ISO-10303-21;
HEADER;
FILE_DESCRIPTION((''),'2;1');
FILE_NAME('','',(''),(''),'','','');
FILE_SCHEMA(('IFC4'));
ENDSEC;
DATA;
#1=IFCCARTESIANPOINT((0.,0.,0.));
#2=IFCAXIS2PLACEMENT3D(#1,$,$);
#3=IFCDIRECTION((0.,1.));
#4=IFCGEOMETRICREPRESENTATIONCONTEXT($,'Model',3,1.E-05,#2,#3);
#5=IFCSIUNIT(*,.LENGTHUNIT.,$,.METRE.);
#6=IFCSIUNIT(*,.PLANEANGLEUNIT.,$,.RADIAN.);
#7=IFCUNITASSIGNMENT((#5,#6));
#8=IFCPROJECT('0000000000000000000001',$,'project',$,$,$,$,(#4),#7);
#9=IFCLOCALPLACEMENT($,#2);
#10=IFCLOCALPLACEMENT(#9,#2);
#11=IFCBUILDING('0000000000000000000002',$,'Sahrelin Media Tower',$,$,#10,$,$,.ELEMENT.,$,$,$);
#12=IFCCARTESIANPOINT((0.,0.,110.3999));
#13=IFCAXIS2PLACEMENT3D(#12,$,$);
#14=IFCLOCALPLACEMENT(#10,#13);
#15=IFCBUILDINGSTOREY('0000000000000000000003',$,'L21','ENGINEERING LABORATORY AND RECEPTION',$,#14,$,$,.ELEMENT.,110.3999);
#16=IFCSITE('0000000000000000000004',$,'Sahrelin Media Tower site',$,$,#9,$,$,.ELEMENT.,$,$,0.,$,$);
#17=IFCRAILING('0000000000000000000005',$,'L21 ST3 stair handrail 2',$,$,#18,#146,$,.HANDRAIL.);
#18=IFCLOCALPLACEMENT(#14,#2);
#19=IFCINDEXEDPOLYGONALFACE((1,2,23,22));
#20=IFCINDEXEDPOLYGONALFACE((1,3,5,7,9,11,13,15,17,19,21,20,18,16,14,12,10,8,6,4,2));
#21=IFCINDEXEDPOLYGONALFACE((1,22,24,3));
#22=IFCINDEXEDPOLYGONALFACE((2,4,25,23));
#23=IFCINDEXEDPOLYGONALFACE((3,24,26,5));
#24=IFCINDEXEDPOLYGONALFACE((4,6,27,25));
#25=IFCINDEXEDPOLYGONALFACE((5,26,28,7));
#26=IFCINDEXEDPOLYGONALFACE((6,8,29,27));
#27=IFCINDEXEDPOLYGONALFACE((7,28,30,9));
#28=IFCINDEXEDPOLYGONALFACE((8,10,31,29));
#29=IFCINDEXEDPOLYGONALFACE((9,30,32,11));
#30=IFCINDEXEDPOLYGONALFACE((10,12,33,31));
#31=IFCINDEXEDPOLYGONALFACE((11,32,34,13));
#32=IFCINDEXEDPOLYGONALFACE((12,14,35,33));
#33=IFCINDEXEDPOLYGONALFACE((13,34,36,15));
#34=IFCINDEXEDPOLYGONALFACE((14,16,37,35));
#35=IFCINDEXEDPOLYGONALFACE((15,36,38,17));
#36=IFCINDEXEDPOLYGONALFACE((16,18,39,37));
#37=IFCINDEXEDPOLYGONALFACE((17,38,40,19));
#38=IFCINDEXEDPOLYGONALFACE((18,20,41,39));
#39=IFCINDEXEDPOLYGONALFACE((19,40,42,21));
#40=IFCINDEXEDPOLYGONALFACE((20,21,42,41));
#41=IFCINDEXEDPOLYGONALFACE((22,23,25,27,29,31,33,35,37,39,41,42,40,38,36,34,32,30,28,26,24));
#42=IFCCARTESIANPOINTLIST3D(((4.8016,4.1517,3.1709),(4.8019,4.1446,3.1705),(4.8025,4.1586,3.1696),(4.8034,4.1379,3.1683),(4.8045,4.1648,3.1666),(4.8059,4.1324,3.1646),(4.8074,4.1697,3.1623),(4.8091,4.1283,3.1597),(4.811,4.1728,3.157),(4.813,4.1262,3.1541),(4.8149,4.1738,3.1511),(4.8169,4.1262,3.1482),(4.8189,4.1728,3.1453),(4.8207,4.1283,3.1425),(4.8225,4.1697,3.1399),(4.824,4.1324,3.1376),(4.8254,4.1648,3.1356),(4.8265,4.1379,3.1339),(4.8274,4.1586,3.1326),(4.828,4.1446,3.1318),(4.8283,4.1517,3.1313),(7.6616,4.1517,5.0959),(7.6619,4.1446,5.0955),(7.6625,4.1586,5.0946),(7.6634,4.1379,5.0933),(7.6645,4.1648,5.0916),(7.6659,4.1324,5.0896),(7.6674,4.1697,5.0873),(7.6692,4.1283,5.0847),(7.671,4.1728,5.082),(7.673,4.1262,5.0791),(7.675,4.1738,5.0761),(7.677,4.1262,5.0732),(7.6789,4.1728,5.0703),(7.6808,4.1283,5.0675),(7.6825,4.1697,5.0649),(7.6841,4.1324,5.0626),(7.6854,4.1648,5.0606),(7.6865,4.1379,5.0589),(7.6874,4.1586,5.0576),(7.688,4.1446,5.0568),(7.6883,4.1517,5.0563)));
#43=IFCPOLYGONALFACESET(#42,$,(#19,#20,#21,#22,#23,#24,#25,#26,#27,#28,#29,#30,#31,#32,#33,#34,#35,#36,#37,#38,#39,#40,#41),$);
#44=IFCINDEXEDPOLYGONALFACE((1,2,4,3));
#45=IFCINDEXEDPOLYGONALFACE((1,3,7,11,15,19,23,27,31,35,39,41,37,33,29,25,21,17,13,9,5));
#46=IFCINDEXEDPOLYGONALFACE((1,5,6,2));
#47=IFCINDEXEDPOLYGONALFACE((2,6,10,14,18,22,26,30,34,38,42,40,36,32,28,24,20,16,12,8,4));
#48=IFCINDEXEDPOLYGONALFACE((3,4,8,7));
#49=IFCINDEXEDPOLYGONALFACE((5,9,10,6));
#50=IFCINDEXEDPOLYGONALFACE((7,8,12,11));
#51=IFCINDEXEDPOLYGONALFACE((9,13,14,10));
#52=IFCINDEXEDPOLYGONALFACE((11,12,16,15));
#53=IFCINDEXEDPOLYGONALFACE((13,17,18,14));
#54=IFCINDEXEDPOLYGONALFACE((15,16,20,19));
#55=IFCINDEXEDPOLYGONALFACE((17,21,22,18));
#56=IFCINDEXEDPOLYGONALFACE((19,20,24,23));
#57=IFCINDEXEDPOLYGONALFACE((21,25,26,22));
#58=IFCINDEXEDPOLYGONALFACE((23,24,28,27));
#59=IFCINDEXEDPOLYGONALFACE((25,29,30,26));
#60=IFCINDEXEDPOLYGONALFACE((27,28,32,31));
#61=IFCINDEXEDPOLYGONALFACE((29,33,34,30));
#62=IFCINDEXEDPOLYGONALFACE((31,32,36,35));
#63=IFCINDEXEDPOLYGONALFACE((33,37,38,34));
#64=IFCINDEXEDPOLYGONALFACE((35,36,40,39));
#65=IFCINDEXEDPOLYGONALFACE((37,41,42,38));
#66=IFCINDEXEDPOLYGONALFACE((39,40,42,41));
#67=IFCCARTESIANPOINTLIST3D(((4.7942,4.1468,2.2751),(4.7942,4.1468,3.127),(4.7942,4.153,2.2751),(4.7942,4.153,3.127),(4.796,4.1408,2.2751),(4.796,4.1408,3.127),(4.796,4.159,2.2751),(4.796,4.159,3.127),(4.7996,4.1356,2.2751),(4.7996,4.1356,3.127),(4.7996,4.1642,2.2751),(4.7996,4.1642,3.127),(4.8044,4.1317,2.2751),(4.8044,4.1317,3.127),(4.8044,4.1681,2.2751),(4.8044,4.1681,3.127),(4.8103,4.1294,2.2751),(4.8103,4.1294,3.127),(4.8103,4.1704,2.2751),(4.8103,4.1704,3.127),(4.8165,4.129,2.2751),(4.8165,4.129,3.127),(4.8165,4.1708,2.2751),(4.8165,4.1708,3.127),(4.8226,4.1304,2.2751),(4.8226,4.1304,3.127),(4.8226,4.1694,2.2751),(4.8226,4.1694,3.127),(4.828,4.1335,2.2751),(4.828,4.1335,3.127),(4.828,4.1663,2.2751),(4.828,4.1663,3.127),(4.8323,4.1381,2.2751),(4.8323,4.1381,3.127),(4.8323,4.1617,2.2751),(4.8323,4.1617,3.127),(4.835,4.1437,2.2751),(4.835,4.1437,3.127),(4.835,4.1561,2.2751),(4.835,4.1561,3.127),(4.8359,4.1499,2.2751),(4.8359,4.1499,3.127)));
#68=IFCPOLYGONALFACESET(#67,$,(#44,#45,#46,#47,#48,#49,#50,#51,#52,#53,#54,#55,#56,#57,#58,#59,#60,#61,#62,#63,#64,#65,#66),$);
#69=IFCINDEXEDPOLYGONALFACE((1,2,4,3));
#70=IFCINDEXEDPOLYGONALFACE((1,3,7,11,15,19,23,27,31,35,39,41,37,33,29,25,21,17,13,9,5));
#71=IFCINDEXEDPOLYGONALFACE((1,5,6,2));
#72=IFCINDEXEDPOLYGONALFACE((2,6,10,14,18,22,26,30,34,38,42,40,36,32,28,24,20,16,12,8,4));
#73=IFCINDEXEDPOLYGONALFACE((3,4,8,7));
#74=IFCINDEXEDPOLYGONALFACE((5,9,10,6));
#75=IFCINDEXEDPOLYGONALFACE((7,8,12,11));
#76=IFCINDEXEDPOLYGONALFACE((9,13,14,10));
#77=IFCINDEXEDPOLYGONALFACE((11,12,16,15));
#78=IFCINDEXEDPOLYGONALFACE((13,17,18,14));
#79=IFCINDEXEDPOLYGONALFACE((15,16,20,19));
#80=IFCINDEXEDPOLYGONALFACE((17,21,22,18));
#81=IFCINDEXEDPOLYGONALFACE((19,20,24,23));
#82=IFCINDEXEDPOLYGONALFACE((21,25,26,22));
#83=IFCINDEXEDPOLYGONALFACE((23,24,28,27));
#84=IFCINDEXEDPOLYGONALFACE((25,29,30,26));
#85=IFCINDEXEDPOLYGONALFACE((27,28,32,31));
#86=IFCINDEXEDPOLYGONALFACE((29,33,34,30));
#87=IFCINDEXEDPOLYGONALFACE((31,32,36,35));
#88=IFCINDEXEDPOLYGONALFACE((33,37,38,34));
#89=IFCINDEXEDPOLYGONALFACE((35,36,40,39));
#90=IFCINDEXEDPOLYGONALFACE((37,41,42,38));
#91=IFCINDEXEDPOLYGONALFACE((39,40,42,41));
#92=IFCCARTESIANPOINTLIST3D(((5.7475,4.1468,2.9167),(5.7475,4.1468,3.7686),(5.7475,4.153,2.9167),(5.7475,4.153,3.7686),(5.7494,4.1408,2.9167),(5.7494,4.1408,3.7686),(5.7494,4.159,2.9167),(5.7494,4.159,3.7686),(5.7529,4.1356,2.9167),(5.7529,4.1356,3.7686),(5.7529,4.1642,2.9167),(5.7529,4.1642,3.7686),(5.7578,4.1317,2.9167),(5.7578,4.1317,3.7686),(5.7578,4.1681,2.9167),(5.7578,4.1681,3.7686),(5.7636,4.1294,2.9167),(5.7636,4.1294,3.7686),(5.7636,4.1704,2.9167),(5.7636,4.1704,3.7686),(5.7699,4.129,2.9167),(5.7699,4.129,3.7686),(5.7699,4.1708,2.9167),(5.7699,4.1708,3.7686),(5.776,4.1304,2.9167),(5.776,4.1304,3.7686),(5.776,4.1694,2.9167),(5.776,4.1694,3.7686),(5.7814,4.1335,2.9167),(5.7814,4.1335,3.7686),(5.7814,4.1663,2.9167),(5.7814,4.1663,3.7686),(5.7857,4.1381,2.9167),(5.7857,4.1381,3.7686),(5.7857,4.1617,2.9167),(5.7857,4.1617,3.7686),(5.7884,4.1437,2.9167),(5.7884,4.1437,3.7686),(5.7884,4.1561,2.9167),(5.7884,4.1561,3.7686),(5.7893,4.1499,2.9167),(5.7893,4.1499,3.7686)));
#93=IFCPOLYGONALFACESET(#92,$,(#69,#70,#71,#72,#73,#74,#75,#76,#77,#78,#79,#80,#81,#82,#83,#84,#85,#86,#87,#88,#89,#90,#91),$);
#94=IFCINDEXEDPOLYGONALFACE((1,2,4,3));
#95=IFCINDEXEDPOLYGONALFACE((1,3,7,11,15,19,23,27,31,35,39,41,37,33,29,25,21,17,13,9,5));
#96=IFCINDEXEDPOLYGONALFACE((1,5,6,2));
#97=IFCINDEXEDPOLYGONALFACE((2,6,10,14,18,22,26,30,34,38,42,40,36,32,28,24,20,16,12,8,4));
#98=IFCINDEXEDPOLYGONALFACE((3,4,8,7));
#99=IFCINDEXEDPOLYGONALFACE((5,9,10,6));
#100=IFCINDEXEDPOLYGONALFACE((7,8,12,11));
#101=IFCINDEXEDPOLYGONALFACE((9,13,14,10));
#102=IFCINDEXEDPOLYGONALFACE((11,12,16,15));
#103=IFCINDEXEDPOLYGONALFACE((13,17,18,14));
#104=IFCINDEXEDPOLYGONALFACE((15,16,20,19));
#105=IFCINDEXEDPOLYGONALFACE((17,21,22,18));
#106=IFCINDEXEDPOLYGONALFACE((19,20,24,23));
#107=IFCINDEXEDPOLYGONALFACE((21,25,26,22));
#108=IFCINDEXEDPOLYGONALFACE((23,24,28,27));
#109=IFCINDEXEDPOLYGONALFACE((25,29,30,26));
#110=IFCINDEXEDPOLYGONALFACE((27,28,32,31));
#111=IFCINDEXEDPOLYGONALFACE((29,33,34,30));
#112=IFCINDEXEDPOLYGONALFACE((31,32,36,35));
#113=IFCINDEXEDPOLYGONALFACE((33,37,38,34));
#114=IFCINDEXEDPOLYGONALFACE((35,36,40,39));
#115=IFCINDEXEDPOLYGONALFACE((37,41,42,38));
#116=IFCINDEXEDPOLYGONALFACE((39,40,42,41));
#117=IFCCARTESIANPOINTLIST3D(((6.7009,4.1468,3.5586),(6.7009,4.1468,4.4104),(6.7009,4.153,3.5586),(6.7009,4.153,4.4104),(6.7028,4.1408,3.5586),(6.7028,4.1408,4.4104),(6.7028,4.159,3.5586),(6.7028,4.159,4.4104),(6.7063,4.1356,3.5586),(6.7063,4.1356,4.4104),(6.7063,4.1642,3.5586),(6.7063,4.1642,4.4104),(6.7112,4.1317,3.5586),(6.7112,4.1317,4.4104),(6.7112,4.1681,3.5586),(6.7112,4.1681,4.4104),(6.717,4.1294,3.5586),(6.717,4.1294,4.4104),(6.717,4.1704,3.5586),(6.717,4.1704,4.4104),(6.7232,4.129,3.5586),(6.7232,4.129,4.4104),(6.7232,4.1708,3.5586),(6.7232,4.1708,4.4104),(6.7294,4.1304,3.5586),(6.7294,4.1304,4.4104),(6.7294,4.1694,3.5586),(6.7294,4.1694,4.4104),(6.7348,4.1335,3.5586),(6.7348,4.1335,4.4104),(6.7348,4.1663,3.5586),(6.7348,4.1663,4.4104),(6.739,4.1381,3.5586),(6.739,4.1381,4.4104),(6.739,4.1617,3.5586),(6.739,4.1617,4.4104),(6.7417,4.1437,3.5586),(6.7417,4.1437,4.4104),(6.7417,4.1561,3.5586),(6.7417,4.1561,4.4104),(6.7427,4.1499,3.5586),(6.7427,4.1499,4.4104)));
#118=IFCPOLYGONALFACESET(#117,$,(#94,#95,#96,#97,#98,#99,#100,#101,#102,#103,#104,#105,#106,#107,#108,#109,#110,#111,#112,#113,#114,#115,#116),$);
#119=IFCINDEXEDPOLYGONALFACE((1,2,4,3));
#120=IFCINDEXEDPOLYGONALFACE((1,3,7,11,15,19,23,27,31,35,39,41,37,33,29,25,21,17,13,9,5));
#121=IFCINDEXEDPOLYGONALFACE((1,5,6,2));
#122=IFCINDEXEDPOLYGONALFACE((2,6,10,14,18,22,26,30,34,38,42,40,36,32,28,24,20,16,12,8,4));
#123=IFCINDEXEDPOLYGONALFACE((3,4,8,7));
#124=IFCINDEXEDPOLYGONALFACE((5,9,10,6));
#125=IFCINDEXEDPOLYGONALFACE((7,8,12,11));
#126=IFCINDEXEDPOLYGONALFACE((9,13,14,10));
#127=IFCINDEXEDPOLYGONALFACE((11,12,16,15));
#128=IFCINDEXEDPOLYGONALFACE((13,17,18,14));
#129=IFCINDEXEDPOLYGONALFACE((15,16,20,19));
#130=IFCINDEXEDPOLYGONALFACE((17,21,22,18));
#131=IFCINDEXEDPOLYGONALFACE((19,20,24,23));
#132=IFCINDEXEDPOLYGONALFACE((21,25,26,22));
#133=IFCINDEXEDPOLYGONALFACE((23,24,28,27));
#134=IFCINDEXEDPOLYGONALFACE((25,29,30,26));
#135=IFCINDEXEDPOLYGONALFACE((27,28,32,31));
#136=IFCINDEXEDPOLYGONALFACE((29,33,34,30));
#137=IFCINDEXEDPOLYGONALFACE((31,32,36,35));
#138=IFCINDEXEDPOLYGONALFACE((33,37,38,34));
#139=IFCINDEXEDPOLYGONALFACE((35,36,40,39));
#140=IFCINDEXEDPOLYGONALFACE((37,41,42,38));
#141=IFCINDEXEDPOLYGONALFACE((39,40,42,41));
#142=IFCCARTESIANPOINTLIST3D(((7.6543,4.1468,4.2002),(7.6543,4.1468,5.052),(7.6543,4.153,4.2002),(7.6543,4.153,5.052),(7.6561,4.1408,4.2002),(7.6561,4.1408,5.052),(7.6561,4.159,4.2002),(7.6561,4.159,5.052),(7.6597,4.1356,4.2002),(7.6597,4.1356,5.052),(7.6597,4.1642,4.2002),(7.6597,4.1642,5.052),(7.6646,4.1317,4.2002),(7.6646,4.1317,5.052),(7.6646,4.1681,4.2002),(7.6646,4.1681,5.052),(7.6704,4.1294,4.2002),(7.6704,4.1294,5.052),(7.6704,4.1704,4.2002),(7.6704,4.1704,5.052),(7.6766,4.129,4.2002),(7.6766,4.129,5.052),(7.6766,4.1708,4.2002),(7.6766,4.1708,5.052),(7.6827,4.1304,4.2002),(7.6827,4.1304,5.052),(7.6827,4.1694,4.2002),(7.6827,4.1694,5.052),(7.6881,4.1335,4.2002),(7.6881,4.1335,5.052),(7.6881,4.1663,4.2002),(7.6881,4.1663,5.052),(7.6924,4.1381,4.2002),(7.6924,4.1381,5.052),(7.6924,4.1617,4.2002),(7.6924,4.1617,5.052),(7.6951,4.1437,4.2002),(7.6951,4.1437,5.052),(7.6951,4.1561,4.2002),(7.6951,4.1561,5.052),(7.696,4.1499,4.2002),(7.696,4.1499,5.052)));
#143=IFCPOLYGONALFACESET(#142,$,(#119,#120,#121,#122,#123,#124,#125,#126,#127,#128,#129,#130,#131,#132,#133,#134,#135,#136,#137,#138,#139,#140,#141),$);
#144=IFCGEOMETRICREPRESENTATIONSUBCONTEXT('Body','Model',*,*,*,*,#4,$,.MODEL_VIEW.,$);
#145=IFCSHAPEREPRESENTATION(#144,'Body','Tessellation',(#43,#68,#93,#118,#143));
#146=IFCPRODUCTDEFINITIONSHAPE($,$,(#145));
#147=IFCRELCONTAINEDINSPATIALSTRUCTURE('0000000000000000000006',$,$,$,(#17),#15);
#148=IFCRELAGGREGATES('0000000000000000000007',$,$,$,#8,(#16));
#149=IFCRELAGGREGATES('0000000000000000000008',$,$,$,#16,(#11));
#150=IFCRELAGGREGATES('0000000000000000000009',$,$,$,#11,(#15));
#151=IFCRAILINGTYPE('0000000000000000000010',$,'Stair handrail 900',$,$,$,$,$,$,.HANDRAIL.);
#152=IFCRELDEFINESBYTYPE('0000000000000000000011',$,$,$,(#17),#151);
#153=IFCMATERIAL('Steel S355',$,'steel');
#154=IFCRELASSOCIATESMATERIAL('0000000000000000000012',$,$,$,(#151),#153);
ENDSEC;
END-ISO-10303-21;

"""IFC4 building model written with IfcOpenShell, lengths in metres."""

from ifc_helpers import new_model, si_unit, direction, frame, origin, origin_2d, place, context, subcontext, project, spatial, circle, extrude, material, type_object, element, save


model = new_model("IFC4")

# Units and contexts
model_context = context("Model", 3, precision=1e-05, world=origin(), true_north=direction((0.0, 1.0)))
body_context = subcontext(model_context, "Body", "Model", "MODEL_VIEW")
ifc_project = project(units=[si_unit("LENGTHUNIT", "METRE"), si_unit("PLANEANGLEUNIT", "RADIAN")], contexts=[model_context])

# Site, building, storey
site_placement = place(None, origin())
site = spatial("IfcSite", under=ifc_project, at=site_placement, Name="Sahrelin Media Tower site", CompositionType="ELEMENT", RefElevation=0.0)
building_placement = place(site_placement, origin())
building = spatial("IfcBuilding", under=site, at=building_placement, Name="Sahrelin Media Tower", CompositionType="ELEMENT")
storey_placement = place(building_placement, frame((0.0, 0.0, 110.3999)))
storey = spatial("IfcBuildingStorey", under=building, at=storey_placement, Name="L21", Description="ENGINEERING LABORATORY AND RECEPTION", CompositionType="ELEMENT", Elevation=110.3999)

# Shared definitions
ifc_material_1 = material(Name="Steel S355", Category="steel")

# Railing
railing_type_1 = type_object("IfcRailingType", Name="Stair handrail 900", PredefinedType="HANDRAIL", material=ifc_material_1)
railing_1_placement = place(storey_placement, frame((4.8149, 4.1499, 2.2751)))
element("IfcRailing", 1, at=railing_1_placement, inside=storey, type_object=railing_type_1, Name="L21 ST3 stair handrail 2", PredefinedType="HANDRAIL", context=body_context, shape_type="SweptSolid", body=[
    extrude(circle(Radius=0.0239, at=origin_2d()), frame((0.0, 0.0, 0.876), z_axis=(0.829591, 0.0, 0.558372), x_axis=(0.0, 1.0, 0.0)), (0.0, 0.0, 1.0), 3.4475),
    extrude(circle(Radius=0.021, at=origin_2d()), origin(), (0.0, 0.0, 1.0), 0.8518),
    extrude(circle(Radius=0.021, at=origin_2d()), frame((0.9534, 0.0, 0.6416)), (0.0, 0.0, 1.0), 0.8518),
    extrude(circle(Radius=0.021, at=origin_2d()), frame((1.9067, 0.0, 1.2834)), (0.0, 0.0, 1.0), 0.8518),
    extrude(circle(Radius=0.021, at=origin_2d()), frame((2.8601, 0.0, 1.925)), (0.0, 0.0, 1.0), 0.8518),
])

save(model, "model.ifc")
